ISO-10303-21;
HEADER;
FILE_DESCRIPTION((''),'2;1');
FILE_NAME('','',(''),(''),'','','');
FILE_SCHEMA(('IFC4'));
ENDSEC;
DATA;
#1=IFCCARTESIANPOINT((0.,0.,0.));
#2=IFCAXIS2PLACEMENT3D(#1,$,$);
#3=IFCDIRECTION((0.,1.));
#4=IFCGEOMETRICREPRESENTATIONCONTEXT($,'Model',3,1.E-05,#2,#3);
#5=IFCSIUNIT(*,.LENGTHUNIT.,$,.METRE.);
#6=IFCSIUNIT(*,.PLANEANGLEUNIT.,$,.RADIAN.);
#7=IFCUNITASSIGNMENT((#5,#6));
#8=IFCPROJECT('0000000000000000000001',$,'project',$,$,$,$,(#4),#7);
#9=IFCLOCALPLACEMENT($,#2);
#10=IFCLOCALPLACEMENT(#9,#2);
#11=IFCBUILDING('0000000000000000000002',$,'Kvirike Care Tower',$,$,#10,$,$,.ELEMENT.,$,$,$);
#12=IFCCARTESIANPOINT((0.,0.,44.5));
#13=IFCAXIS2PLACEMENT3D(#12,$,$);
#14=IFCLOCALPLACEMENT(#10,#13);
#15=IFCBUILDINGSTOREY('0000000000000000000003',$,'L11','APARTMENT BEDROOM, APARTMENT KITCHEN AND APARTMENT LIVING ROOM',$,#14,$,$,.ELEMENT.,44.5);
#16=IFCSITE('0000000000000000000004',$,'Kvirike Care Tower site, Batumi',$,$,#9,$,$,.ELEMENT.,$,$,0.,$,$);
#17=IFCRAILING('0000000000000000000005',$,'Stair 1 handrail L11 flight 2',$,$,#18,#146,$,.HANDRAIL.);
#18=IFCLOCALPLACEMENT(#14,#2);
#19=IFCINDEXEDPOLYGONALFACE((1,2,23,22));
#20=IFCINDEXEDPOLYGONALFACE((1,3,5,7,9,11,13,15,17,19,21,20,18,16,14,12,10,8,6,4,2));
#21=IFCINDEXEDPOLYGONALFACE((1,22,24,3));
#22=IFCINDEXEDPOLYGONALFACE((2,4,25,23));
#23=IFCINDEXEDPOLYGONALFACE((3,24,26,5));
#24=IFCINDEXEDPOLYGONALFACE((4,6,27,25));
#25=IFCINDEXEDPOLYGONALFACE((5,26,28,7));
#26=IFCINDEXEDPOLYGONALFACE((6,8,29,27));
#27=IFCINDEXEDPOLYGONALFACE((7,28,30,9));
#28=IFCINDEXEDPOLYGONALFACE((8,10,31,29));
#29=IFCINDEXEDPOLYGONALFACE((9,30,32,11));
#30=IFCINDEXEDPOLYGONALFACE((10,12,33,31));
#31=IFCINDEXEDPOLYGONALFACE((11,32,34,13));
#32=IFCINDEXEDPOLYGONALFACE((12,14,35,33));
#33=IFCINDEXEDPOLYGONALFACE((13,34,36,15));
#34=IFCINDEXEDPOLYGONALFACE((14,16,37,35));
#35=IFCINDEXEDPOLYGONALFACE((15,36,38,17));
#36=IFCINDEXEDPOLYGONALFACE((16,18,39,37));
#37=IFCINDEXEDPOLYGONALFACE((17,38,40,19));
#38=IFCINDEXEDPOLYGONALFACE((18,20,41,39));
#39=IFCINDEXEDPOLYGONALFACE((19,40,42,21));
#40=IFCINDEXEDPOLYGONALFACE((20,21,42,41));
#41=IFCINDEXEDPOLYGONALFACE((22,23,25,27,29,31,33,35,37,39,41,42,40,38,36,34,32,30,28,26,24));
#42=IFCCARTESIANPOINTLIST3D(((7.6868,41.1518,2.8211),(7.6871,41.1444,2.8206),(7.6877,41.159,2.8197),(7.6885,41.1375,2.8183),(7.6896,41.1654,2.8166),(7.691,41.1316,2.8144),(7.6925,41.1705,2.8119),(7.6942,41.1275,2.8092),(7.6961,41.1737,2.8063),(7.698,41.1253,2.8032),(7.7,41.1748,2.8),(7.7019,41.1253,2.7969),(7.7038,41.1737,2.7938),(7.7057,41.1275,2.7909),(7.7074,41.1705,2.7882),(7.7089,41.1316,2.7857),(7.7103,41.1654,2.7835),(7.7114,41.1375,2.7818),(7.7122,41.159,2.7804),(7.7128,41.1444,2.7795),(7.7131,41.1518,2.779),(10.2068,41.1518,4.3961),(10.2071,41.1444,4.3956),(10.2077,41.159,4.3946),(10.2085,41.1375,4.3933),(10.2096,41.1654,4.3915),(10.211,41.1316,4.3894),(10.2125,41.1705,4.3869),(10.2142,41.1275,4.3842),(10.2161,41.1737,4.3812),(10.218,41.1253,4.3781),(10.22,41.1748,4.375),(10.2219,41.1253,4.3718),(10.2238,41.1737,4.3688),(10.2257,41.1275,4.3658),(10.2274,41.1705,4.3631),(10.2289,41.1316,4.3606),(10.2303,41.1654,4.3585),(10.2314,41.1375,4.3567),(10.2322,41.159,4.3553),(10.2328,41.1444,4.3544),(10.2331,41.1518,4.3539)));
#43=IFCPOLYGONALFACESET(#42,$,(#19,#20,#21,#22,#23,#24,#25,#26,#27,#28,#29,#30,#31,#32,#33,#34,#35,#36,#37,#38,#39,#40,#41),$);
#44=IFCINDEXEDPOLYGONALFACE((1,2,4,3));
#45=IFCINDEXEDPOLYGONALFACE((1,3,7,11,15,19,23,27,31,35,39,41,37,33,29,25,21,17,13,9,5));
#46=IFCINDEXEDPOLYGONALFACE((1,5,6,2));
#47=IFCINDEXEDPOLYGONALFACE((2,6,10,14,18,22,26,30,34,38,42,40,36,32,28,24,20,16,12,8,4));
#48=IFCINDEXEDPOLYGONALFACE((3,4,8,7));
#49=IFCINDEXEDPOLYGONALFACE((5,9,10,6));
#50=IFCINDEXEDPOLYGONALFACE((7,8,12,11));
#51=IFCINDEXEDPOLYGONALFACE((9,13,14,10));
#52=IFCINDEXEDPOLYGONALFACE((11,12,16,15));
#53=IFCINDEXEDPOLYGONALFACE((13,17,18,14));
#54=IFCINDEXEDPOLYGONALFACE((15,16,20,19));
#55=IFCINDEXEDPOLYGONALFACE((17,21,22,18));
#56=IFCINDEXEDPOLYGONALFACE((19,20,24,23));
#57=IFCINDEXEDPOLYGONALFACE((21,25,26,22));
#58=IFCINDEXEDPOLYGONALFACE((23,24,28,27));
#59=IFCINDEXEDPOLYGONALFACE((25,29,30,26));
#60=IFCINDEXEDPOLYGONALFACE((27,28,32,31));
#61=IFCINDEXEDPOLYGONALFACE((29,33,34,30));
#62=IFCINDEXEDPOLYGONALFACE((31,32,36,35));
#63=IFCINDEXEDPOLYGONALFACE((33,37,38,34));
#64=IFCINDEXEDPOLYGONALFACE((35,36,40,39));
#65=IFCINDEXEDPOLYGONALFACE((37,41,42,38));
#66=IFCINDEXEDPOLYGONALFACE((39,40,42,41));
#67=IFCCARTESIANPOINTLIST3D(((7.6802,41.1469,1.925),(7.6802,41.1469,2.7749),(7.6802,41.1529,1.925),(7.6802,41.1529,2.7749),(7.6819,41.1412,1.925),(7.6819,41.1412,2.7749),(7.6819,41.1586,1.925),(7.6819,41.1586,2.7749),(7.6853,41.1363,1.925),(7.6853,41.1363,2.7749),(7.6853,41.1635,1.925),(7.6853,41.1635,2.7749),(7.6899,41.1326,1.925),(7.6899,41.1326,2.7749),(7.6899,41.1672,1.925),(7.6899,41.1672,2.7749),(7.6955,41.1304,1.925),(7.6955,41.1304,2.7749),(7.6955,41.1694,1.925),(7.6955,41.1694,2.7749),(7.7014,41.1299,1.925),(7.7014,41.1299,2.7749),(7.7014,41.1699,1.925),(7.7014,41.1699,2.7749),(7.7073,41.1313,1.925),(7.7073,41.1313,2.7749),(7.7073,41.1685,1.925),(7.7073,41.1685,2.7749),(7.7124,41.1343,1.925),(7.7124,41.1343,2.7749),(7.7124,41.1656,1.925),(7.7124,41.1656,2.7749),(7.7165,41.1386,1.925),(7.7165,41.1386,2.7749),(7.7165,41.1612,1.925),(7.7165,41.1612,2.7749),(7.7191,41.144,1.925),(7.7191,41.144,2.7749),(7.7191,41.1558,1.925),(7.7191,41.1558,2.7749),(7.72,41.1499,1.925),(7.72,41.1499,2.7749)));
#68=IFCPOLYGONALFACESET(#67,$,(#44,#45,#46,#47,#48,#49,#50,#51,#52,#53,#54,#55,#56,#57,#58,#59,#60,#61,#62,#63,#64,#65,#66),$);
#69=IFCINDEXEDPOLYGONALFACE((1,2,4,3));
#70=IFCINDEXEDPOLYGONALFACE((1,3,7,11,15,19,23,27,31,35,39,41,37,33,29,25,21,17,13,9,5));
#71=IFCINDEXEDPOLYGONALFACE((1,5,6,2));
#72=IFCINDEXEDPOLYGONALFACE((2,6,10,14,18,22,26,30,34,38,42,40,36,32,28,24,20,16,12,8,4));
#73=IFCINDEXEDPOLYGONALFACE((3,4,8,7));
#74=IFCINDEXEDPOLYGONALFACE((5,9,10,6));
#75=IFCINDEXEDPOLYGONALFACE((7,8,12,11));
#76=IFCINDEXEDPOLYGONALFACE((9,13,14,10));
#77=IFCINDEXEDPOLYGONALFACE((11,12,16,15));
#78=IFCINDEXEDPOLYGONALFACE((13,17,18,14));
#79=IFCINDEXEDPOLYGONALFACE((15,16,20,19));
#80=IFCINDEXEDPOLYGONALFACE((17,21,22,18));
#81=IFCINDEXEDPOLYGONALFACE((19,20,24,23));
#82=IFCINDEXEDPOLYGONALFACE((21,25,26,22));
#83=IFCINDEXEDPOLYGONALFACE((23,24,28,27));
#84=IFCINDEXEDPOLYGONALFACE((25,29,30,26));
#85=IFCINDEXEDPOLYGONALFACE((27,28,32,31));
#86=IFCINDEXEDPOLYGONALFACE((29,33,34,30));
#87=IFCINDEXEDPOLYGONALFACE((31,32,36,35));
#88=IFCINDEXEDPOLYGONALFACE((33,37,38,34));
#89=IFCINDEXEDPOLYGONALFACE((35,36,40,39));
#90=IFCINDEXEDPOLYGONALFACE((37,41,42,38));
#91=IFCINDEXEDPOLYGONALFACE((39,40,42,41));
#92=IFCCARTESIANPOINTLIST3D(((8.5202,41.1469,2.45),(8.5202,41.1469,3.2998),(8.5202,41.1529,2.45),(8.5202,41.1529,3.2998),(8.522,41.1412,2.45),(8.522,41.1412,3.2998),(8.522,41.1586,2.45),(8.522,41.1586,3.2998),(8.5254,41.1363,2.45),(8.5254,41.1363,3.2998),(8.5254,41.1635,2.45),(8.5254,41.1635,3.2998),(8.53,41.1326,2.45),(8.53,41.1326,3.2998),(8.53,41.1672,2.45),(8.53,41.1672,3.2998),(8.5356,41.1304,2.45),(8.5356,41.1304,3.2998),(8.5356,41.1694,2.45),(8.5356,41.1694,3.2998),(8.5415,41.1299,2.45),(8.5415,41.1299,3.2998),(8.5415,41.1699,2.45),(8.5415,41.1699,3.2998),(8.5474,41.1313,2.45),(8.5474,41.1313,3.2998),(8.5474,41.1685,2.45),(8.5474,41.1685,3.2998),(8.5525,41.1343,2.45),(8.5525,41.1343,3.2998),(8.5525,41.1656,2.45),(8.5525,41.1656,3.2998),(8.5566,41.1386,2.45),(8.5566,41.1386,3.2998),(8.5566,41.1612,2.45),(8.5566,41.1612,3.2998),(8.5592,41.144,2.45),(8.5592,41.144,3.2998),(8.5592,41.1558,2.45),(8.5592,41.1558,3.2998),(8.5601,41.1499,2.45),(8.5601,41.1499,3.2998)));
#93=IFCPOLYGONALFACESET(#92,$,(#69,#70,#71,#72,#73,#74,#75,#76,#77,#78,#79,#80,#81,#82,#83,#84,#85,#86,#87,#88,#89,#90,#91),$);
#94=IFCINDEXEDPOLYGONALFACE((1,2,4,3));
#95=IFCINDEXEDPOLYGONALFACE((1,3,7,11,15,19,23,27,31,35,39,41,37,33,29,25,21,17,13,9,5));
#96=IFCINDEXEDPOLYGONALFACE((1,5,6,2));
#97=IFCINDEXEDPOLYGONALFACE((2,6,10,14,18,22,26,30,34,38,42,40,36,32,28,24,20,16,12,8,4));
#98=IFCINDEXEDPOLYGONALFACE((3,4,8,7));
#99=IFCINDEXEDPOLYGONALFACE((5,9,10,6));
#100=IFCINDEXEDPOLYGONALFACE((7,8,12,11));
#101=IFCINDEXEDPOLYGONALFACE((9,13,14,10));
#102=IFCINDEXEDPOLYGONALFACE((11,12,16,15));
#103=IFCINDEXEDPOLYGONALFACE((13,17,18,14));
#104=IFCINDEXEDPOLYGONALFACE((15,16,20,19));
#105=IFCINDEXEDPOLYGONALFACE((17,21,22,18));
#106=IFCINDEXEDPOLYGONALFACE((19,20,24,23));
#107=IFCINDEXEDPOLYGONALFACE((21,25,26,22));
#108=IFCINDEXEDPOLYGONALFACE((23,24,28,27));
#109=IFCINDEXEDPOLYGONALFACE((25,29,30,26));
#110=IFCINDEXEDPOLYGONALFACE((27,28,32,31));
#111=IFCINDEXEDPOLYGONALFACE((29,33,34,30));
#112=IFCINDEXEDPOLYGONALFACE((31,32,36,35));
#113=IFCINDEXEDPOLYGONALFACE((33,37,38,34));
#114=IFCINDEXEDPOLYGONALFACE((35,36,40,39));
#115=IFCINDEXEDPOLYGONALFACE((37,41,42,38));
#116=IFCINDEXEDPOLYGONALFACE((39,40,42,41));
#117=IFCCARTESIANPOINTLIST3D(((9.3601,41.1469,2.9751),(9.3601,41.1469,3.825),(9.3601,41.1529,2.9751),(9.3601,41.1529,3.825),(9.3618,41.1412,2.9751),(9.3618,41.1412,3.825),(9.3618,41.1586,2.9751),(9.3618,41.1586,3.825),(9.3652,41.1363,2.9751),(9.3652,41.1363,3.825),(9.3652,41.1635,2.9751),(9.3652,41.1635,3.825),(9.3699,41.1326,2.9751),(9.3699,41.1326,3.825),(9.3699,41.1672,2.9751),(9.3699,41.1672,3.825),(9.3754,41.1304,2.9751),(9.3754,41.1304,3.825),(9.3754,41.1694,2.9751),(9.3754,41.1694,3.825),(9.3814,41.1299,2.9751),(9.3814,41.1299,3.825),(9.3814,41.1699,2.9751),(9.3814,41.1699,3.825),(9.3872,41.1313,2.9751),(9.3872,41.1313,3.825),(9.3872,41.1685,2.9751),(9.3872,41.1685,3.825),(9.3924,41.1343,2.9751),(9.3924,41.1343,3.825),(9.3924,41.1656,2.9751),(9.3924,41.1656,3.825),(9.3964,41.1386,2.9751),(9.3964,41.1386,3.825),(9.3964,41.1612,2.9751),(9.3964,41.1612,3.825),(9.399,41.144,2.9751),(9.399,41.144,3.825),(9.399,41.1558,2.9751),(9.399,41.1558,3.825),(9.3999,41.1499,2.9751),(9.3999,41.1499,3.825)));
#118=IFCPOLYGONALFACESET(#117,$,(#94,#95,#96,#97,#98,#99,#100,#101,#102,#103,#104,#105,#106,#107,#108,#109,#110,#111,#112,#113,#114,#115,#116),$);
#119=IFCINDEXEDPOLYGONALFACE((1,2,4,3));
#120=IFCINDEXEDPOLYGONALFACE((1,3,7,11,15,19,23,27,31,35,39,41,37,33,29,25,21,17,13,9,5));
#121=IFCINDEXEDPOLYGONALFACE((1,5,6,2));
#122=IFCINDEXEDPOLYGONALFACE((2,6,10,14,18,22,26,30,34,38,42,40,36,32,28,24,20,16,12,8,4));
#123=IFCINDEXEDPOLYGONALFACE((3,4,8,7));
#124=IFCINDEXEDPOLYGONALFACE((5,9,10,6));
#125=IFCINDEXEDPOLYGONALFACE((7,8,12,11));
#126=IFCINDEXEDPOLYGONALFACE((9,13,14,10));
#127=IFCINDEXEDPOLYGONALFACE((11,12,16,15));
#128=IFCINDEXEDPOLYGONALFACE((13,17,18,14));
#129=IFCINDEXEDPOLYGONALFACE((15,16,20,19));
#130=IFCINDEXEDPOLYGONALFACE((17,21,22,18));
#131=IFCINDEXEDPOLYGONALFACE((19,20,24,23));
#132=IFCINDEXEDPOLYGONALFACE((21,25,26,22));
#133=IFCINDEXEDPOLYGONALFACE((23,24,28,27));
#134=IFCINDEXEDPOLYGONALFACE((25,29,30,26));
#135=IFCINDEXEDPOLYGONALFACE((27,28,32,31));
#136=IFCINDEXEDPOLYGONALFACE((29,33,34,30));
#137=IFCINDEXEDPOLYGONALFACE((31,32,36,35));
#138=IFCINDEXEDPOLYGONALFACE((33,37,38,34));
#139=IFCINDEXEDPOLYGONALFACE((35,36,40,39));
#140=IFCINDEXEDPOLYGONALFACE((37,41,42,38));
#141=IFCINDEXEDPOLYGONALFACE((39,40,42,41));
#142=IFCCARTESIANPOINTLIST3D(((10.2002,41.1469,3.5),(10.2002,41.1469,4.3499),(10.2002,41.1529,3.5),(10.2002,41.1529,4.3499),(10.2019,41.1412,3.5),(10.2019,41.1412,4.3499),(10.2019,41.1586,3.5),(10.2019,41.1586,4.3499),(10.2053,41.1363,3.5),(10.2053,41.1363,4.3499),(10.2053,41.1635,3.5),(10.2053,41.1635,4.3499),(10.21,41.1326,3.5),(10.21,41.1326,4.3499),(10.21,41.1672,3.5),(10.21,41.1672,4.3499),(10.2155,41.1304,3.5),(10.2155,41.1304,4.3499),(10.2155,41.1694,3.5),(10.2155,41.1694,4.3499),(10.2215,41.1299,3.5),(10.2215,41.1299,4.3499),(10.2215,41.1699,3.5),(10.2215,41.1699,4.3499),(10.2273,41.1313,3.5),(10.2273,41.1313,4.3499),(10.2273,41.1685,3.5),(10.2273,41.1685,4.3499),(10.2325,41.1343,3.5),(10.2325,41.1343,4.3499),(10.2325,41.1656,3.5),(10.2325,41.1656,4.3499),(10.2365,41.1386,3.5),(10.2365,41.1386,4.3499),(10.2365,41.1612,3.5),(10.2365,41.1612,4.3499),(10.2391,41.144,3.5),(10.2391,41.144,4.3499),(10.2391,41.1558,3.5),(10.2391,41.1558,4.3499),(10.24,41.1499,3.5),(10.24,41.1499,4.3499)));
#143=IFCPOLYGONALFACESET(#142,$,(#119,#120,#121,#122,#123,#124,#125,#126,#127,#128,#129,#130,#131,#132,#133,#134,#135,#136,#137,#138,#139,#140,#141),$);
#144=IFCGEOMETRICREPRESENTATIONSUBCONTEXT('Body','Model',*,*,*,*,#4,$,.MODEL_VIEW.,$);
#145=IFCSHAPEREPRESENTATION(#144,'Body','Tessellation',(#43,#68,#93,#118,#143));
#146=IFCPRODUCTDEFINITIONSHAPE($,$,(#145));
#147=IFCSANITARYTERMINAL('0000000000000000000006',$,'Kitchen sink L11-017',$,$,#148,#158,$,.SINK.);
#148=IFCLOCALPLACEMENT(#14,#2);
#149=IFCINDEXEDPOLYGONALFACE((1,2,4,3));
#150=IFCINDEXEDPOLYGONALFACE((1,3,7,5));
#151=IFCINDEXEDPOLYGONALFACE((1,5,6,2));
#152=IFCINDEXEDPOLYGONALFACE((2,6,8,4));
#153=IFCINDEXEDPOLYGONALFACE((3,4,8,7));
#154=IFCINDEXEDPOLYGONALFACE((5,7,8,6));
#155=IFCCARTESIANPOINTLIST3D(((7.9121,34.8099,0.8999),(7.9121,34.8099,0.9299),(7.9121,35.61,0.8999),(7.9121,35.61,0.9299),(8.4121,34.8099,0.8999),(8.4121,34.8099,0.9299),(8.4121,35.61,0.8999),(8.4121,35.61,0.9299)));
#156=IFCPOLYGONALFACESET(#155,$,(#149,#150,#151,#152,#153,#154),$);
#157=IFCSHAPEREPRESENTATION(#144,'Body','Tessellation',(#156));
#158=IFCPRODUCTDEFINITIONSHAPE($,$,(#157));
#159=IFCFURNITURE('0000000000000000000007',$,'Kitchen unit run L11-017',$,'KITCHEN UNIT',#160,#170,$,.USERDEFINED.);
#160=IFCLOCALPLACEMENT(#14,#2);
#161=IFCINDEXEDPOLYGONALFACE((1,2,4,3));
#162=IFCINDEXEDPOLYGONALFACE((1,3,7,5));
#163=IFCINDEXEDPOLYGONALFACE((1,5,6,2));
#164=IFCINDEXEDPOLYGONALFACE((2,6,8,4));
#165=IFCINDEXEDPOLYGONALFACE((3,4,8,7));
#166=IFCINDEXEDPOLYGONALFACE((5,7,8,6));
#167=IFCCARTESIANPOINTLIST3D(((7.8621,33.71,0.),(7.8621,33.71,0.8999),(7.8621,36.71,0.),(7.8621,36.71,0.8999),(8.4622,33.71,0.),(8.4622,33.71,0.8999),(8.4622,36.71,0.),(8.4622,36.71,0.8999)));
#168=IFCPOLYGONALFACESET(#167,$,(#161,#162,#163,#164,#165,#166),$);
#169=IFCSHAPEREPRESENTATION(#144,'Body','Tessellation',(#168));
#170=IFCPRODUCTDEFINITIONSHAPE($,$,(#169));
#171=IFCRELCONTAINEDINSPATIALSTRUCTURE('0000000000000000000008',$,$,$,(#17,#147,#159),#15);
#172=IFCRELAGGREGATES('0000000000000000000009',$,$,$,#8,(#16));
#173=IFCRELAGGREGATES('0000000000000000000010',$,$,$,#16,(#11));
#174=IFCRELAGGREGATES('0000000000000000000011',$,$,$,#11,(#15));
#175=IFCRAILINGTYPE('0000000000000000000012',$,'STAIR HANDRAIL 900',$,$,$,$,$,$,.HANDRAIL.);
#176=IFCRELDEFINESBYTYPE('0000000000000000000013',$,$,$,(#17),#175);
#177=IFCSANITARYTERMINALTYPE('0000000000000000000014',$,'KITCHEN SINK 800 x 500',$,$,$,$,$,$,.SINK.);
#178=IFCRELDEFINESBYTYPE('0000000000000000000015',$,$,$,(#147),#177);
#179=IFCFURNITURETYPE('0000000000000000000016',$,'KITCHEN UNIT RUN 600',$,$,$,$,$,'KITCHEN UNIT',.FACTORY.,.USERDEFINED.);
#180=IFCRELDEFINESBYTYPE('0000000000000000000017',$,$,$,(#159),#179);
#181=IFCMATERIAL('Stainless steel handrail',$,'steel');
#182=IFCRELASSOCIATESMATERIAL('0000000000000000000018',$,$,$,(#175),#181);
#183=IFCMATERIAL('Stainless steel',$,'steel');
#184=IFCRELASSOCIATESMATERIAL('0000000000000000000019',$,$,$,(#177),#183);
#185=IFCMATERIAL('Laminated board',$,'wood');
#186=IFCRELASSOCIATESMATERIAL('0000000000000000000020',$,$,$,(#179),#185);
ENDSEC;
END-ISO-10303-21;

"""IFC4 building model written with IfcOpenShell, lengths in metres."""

from ifc_helpers import new_model, si_unit, direction, frame, origin, origin_2d, place, context, subcontext, project, spatial, rectangle, circle, extrude, material, type_object, element, save


model = new_model("IFC4")

# Units and contexts
model_context = context("Model", 3, precision=1e-05, world=origin(), true_north=direction((0.0, 1.0)))
body_context = subcontext(model_context, "Body", "Model", "MODEL_VIEW")
ifc_project = project(units=[si_unit("LENGTHUNIT", "METRE"), si_unit("PLANEANGLEUNIT", "RADIAN")], contexts=[model_context])

# Site, building, storey
site_placement = place(None, origin())
site = spatial("IfcSite", under=ifc_project, at=site_placement, Name="Kvirike Care Tower site, Batumi", CompositionType="ELEMENT", RefElevation=0.0)
building_placement = place(site_placement, origin())
building = spatial("IfcBuilding", under=site, at=building_placement, Name="Kvirike Care Tower", CompositionType="ELEMENT")
storey_placement = place(building_placement, frame((0.0, 0.0, 44.5)))
storey = spatial("IfcBuildingStorey", under=building, at=storey_placement, Name="L11", Description="APARTMENT BEDROOM, APARTMENT KITCHEN AND APARTMENT LIVING ROOM", CompositionType="ELEMENT", Elevation=44.5)

# Railing
ifc_material_1 = material(Name="Stainless steel handrail", Category="steel")
railing_type = type_object("IfcRailingType", Name="STAIR HANDRAIL 900", PredefinedType="HANDRAIL", material=ifc_material_1)
railing_1_placement = place(storey_placement, frame((7.7, 41.1499, 1.925)))
element("IfcRailing", 1, at=railing_1_placement, inside=storey, type_object=railing_type, Name="Stair 1 handrail L11 flight 2", PredefinedType="HANDRAIL", context=body_context, shape_type="SweptSolid", body=[
    extrude(circle(Radius=0.0249, at=origin_2d()), frame((0.0, 0.0, 0.875), z_axis=(0.848008, 0.0, 0.529984), x_axis=(0.0, 1.0, 0.0)), (0.0, 0.0, 1.0), 2.9717),
    extrude(circle(Radius=0.02, at=origin_2d()), origin(), (0.0, 0.0, 1.0), 0.8499),
    extrude(circle(Radius=0.02, at=origin_2d()), frame((0.8401, 0.0, 0.5249)), (0.0, 0.0, 1.0), 0.8499),
    extrude(circle(Radius=0.02, at=origin_2d()), frame((1.6799, 0.0, 1.05)), (0.0, 0.0, 1.0), 0.8499),
    extrude(circle(Radius=0.02, at=origin_2d()), frame((2.52, 0.0, 1.575)), (0.0, 0.0, 1.0), 0.8499),
])

# Sanitary terminal
ifc_material_2 = material(Name="Stainless steel", Category="steel")
sanitary_terminal_type = type_object("IfcSanitaryTerminalType", Name="KITCHEN SINK 800 x 500", PredefinedType="SINK", material=ifc_material_2)
sanitary_terminal_placement = place(storey_placement, frame((8.1621, 35.21, 0.8999), z_axis=(0.0, 0.0, 1.0), x_axis=(0.0, 1.0, 0.0)))
element("IfcSanitaryTerminal", 2, at=sanitary_terminal_placement, inside=storey, type_object=sanitary_terminal_type, Name="Kitchen sink L11-017", PredefinedType="SINK", context=body_context, shape_type="SweptSolid", body=[
    extrude(rectangle(XDim=0.8, YDim=0.5, at=origin_2d()), origin(), (0.0, 0.0, 1.0), 0.03),
])

# Furniture
ifc_material_3 = material(Name="Laminated board", Category="wood")
furniture_type = type_object("IfcFurnitureType", Name="KITCHEN UNIT RUN 600", ElementType="KITCHEN UNIT", AssemblyPlace="FACTORY", PredefinedType="USERDEFINED", material=ifc_material_3)
furniture_placement = place(storey_placement, frame((8.1621, 35.21, 0.0), z_axis=(0.0, 0.0, 1.0), x_axis=(0.0, 1.0, 0.0)))
element("IfcFurniture", 3, at=furniture_placement, inside=storey, type_object=furniture_type, Name="Kitchen unit run L11-017", ObjectType="KITCHEN UNIT", PredefinedType="USERDEFINED", context=body_context, shape_type="SweptSolid", body=[
    extrude(rectangle(XDim=3.0, YDim=0.6001, at=origin_2d()), origin(), (0.0, 0.0, 1.0), 0.8999),
])

save(model, "model.ifc")
